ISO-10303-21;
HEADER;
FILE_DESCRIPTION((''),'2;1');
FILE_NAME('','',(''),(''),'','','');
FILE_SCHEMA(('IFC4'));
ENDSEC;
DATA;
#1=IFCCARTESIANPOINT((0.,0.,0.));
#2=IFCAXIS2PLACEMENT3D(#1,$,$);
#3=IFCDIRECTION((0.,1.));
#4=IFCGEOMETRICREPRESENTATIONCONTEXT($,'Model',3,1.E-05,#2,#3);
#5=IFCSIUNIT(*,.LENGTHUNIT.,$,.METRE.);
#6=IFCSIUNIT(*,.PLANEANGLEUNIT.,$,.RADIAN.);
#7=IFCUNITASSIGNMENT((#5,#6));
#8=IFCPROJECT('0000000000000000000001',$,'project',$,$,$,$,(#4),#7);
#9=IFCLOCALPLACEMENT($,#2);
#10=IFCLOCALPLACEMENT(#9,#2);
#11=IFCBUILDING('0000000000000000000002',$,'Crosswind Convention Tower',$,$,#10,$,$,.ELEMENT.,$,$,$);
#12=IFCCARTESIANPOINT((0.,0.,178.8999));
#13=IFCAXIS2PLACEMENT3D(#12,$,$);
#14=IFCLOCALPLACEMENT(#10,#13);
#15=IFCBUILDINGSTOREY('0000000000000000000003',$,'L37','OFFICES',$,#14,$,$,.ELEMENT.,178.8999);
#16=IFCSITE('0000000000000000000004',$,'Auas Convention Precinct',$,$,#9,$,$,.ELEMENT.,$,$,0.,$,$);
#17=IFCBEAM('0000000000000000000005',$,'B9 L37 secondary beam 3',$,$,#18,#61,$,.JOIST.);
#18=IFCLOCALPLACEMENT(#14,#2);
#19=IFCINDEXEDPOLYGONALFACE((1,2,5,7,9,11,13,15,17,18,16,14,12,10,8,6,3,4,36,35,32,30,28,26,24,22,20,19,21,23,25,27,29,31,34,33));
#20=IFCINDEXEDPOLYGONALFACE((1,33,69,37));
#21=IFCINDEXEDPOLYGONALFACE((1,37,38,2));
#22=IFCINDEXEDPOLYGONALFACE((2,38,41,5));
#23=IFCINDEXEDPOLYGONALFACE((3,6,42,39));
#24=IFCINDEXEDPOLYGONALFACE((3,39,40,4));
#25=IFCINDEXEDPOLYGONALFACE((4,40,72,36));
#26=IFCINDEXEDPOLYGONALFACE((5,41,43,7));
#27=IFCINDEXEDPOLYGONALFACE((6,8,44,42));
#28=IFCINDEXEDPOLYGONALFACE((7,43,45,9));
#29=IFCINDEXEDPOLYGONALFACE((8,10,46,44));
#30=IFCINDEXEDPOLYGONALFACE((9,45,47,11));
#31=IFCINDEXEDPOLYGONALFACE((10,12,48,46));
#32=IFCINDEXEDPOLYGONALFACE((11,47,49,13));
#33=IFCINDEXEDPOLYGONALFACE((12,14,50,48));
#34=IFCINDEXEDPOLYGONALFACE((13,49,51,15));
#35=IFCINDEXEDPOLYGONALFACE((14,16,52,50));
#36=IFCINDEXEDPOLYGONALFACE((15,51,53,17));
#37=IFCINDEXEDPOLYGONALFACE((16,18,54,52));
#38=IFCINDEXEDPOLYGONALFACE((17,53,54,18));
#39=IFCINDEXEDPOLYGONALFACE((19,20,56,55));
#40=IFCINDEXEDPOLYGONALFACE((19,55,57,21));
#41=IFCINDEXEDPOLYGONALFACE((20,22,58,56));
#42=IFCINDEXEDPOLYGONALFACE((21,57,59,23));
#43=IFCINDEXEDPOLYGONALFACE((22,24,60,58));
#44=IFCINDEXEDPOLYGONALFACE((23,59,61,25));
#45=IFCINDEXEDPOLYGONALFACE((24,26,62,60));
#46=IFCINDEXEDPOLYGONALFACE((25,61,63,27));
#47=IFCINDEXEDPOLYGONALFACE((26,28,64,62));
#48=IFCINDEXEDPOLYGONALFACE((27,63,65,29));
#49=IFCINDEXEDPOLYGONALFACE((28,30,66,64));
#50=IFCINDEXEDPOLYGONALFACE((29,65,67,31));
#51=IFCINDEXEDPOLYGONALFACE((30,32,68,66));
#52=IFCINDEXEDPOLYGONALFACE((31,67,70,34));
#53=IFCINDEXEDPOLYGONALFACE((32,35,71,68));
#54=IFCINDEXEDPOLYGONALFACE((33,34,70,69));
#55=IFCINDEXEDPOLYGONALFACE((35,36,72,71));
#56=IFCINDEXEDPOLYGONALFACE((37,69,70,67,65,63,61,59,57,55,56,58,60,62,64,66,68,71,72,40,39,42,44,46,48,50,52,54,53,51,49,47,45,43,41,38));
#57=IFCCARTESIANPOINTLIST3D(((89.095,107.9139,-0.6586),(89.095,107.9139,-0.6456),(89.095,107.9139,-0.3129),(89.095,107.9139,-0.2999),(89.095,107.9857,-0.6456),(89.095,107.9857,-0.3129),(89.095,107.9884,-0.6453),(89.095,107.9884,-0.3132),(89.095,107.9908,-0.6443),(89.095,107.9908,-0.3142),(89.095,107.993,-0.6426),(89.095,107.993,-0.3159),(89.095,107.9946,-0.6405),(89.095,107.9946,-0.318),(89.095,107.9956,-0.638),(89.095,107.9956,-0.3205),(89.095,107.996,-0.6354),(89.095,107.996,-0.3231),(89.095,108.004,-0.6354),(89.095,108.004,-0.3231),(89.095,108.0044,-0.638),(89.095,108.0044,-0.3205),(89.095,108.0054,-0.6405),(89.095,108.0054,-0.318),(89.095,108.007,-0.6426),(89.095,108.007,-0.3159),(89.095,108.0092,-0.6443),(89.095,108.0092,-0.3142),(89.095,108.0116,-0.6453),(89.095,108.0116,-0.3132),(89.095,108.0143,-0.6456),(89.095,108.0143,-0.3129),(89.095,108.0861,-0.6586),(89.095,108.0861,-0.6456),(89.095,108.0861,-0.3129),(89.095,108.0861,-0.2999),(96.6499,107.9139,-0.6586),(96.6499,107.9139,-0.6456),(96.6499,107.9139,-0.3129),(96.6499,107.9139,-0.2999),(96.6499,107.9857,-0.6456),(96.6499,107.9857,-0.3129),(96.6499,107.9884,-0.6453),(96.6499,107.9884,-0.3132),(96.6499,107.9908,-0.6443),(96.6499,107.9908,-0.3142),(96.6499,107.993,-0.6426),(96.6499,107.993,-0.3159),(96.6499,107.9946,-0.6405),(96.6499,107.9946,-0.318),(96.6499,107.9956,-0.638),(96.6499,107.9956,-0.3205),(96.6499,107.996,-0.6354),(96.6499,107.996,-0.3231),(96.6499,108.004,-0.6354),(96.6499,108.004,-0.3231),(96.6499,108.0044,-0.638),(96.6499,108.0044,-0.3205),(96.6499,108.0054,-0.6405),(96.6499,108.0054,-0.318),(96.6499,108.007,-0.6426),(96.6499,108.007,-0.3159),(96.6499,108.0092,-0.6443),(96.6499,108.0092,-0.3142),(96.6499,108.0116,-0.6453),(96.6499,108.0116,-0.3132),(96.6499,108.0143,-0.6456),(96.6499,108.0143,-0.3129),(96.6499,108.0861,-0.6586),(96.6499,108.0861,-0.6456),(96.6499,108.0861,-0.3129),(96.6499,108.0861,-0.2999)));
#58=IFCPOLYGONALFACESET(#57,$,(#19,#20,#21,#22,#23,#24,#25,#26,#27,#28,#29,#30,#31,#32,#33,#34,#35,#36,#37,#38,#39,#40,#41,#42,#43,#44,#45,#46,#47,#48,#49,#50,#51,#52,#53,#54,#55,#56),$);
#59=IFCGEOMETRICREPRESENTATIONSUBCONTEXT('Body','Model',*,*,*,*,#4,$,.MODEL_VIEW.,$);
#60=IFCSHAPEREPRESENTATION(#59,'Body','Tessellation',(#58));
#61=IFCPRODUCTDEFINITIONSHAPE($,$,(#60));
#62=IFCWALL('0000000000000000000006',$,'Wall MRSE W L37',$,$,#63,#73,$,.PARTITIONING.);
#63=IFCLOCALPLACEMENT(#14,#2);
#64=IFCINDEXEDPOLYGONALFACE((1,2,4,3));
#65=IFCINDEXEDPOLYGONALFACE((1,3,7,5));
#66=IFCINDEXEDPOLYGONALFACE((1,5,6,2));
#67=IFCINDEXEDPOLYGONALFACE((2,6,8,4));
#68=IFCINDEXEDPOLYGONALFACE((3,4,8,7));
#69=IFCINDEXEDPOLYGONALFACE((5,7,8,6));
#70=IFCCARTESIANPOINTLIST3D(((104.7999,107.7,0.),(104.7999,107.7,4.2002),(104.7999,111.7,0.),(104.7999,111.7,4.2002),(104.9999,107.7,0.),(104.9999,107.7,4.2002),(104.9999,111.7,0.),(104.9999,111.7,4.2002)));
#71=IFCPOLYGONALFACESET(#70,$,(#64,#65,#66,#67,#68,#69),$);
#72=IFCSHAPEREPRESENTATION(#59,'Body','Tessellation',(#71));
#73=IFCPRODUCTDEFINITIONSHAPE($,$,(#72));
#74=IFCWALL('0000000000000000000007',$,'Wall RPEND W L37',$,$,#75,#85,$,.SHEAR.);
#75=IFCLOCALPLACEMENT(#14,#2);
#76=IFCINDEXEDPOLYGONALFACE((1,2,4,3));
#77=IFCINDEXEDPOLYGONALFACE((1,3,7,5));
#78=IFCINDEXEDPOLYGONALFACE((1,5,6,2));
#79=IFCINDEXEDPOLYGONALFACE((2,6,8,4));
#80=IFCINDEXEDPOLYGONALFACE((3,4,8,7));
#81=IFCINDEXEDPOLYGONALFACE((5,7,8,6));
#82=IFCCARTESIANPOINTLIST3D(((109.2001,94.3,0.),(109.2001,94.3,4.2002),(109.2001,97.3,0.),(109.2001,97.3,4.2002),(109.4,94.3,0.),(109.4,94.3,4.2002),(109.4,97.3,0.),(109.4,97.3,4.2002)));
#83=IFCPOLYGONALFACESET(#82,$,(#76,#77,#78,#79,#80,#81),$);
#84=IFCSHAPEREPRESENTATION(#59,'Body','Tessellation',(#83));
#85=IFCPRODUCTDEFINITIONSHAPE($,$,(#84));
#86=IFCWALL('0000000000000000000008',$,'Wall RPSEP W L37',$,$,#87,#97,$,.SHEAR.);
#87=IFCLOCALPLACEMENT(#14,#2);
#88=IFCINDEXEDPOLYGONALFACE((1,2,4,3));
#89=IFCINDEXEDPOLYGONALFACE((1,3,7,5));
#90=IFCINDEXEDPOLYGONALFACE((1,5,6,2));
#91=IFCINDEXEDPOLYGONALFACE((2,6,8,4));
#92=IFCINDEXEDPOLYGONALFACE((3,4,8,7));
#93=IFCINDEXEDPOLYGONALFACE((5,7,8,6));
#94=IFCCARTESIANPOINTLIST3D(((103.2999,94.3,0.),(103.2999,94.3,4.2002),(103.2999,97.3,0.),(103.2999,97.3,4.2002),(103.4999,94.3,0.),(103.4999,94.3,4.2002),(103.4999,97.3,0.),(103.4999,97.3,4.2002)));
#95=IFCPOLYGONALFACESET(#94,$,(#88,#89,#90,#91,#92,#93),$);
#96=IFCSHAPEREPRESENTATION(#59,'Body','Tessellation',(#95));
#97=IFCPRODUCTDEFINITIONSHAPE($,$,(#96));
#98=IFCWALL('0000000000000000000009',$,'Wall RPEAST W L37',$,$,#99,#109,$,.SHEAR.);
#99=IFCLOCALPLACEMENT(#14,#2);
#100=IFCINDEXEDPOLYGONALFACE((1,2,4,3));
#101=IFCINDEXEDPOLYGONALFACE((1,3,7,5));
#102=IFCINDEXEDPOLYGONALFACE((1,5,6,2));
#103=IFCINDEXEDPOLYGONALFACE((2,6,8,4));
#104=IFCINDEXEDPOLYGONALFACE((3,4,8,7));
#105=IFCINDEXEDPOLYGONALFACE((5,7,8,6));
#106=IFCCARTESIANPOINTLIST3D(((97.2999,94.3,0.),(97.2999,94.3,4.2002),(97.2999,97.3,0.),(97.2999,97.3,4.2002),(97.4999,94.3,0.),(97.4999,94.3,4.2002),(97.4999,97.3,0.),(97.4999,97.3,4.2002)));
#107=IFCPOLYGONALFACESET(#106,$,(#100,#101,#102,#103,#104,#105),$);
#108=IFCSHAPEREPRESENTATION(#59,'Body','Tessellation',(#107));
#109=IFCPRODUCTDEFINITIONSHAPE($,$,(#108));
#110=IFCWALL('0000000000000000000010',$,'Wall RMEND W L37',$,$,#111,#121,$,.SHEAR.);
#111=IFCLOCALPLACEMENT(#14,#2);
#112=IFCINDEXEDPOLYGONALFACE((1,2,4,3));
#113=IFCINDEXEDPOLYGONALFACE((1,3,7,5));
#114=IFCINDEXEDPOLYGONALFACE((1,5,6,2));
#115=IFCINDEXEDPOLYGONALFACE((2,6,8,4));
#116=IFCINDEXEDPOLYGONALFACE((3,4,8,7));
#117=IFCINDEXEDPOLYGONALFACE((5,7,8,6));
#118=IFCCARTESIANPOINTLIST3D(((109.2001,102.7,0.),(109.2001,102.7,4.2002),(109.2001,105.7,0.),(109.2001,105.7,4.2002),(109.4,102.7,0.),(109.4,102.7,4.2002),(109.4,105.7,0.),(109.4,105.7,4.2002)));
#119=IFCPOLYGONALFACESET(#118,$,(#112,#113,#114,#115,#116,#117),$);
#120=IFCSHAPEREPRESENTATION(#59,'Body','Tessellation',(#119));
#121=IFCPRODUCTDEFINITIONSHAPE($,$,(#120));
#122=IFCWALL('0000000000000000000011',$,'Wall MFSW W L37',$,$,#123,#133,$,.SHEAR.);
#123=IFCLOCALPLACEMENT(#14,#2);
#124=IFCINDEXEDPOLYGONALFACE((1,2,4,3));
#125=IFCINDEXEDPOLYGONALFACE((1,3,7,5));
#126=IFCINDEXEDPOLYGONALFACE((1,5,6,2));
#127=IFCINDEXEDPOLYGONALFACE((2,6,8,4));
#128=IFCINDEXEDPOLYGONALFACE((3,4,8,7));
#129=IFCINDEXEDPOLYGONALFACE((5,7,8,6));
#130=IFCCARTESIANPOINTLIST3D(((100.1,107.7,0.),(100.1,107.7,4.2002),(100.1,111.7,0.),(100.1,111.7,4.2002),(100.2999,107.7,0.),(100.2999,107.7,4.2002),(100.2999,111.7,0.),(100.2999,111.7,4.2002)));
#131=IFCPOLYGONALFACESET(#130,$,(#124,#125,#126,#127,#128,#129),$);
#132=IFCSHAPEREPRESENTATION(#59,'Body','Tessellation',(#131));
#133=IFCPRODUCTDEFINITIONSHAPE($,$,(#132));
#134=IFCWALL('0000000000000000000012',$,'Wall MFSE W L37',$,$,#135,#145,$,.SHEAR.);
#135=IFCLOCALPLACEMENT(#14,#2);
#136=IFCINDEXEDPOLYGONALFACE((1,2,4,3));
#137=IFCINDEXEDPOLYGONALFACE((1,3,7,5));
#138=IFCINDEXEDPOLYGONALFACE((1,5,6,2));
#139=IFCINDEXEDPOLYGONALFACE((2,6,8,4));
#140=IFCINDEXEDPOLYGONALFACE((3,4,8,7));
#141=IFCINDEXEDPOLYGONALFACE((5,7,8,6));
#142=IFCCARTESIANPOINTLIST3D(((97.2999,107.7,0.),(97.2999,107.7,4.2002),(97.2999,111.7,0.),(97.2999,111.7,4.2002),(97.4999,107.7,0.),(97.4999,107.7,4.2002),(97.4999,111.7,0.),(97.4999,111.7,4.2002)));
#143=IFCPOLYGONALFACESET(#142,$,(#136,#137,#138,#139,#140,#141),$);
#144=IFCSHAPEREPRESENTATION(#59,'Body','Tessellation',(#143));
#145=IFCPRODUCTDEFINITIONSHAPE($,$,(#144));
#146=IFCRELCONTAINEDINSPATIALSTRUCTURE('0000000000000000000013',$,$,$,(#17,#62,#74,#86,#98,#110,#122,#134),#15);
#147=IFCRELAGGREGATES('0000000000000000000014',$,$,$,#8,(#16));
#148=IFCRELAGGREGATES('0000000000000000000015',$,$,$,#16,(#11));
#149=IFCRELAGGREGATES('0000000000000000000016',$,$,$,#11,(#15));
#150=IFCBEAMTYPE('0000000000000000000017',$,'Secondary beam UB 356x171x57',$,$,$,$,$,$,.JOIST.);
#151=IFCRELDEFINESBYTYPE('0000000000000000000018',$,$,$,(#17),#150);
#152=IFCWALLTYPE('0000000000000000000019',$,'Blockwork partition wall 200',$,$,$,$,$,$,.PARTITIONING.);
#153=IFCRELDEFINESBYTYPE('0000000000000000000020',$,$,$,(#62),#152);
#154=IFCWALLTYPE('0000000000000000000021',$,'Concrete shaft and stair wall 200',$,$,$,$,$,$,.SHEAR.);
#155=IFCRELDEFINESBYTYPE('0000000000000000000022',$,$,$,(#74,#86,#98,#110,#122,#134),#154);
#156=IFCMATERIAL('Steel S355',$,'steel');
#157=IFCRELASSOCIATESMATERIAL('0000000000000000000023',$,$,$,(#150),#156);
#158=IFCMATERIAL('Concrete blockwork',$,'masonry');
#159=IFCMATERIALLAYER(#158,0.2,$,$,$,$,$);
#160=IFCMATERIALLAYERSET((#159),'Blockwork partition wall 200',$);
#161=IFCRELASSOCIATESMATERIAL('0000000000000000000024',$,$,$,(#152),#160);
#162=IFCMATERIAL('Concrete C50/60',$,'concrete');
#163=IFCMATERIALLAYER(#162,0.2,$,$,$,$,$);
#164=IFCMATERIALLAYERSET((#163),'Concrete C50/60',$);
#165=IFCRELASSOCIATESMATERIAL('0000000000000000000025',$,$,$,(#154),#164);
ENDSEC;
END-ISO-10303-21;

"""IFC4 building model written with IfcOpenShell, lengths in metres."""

from ifc_helpers import new_model, si_unit, direction, frame, frame_2d, origin, origin_2d, place, context, subcontext, project, spatial, rectangle, i_section, extrude, material, layer, layer_set, material_profile, profile_set, type_object, element, save


model = new_model("IFC4")

# Units and contexts
model_context = context("Model", 3, precision=1e-05, world=origin(), true_north=direction((0.0, 1.0)))
body_context = subcontext(model_context, "Body", "Model", "MODEL_VIEW")
ifc_project = project(units=[si_unit("LENGTHUNIT", "METRE"), si_unit("PLANEANGLEUNIT", "RADIAN")], contexts=[model_context])

# Site, building, storey
site_placement = place(None, origin())
site = spatial("IfcSite", under=ifc_project, at=site_placement, Name="Auas Convention Precinct", CompositionType="ELEMENT", RefElevation=0.0)
building_placement = place(site_placement, origin())
building = spatial("IfcBuilding", under=site, at=building_placement, Name="Crosswind Convention Tower", CompositionType="ELEMENT")
storey_placement = place(building_placement, frame((0.0, 0.0, 178.8999)))
storey = spatial("IfcBuildingStorey", under=building, at=storey_placement, Name="L37", Description="OFFICES", CompositionType="ELEMENT", Elevation=178.8999)

# Beam
ifc_material_1 = material(Name="Steel S355", Category="steel")
ifc_material_profile_1 = material_profile(ifc_material_1, i_section(OverallWidth=0.1721, OverallDepth=0.3586, WebThickness=0.0081, FlangeThickness=0.0129, FilletRadius=0.0103, at=origin_2d()), Name="UB 356x171x57")
ifc_profile_set_1 = profile_set([ifc_material_profile_1], Name="Steel S355")
beam_type_1 = type_object("IfcBeamType", Name="Secondary beam UB 356x171x57", PredefinedType="JOIST", material=ifc_profile_set_1)
for number, where, z_axis, x_axis, name in (
    (1, (89.095, 108.0, -0.4792), (1.0, 0.0, 0.0), (0.0, 1.0, 0.0), "B9 L37 secondary beam 3"),
):
    element("IfcBeam", number, at=place(storey_placement, frame(where, z_axis=z_axis, x_axis=x_axis)), inside=storey, type_object=beam_type_1, Name=name, PredefinedType="JOIST", context=body_context, shape_type="SweptSolid", body=[
        extrude(i_section(OverallWidth=0.1721, OverallDepth=0.3586, WebThickness=0.0081, FlangeThickness=0.0129, FilletRadius=0.0103, at=origin_2d()), origin(), (0.0, 0.0, 1.0), 7.5549),
    ])

# Walls
ifc_material_2 = material(Name="Concrete blockwork", Category="masonry")
ifc_layer_1 = layer(ifc_material_2, 0.2)
ifc_layer_set_1 = layer_set([ifc_layer_1], Name="Blockwork partition wall 200")
wall_type_1 = type_object("IfcWallType", Name="Blockwork partition wall 200", PredefinedType="PARTITIONING", material=ifc_layer_set_1)
wall_1_placement = place(storey_placement, frame((104.8999, 111.7, 0.0), z_axis=(0.0, 0.0, 1.0), x_axis=(0.0, -1.0, 0.0)))
element("IfcWall", 2, at=wall_1_placement, inside=storey, type_object=wall_type_1, Name="Wall MRSE W L37", PredefinedType="PARTITIONING", context=body_context, shape_type="SweptSolid", body=[
    extrude(rectangle(XDim=4.0, YDim=0.2, at=frame_2d((2.0, 0.0))), origin(), (0.0, 0.0, 1.0), 4.2002),
])
ifc_material_3 = material(Name="Concrete C50/60", Category="concrete")
ifc_layer_2 = layer(ifc_material_3, 0.2)
ifc_layer_set_2 = layer_set([ifc_layer_2], Name="Concrete C50/60")
wall_type_2 = type_object("IfcWallType", Name="Concrete shaft and stair wall 200", PredefinedType="SHEAR", material=ifc_layer_set_2)
for number, where, z_axis, x_axis, name in (
    (3, (109.3, 97.3, 0.0), (0.0, 0.0, 1.0), (0.0, -1.0, 0.0), "Wall RPEND W L37"),
    (4, (103.3999, 97.3, 0.0), (0.0, 0.0, 1.0), (0.0, -1.0, 0.0), "Wall RPSEP W L37"),
    (5, (97.3999, 97.3, 0.0), (0.0, 0.0, 1.0), (0.0, -1.0, 0.0), "Wall RPEAST W L37"),
    (6, (109.3, 105.7, 0.0), (0.0, 0.0, 1.0), (0.0, -1.0, 0.0), "Wall RMEND W L37"),
):
    element("IfcWall", number, at=place(storey_placement, frame(where, z_axis=z_axis, x_axis=x_axis)), inside=storey, type_object=wall_type_2, Name=name, PredefinedType="SHEAR", context=body_context, shape_type="SweptSolid", body=[
        extrude(rectangle(XDim=3.0, YDim=0.2, at=frame_2d((1.5, 0.0))), origin(), (0.0, 0.0, 1.0), 4.2002),
    ])
for number, where, z_axis, x_axis, name in (
    (7, (100.2, 111.7, 0.0), (0.0, 0.0, 1.0), (0.0, -1.0, 0.0), "Wall MFSW W L37"),
    (8, (97.3999, 111.7, 0.0), (0.0, 0.0, 1.0), (0.0, -1.0, 0.0), "Wall MFSE W L37"),
):
    element("IfcWall", number, at=place(storey_placement, frame(where, z_axis=z_axis, x_axis=x_axis)), inside=storey, type_object=wall_type_2, Name=name, PredefinedType="SHEAR", context=body_context, shape_type="SweptSolid", body=[
        extrude(rectangle(XDim=4.0, YDim=0.2, at=frame_2d((2.0, 0.0))), origin(), (0.0, 0.0, 1.0), 4.2002),
    ])

save(model, "model.ifc")
